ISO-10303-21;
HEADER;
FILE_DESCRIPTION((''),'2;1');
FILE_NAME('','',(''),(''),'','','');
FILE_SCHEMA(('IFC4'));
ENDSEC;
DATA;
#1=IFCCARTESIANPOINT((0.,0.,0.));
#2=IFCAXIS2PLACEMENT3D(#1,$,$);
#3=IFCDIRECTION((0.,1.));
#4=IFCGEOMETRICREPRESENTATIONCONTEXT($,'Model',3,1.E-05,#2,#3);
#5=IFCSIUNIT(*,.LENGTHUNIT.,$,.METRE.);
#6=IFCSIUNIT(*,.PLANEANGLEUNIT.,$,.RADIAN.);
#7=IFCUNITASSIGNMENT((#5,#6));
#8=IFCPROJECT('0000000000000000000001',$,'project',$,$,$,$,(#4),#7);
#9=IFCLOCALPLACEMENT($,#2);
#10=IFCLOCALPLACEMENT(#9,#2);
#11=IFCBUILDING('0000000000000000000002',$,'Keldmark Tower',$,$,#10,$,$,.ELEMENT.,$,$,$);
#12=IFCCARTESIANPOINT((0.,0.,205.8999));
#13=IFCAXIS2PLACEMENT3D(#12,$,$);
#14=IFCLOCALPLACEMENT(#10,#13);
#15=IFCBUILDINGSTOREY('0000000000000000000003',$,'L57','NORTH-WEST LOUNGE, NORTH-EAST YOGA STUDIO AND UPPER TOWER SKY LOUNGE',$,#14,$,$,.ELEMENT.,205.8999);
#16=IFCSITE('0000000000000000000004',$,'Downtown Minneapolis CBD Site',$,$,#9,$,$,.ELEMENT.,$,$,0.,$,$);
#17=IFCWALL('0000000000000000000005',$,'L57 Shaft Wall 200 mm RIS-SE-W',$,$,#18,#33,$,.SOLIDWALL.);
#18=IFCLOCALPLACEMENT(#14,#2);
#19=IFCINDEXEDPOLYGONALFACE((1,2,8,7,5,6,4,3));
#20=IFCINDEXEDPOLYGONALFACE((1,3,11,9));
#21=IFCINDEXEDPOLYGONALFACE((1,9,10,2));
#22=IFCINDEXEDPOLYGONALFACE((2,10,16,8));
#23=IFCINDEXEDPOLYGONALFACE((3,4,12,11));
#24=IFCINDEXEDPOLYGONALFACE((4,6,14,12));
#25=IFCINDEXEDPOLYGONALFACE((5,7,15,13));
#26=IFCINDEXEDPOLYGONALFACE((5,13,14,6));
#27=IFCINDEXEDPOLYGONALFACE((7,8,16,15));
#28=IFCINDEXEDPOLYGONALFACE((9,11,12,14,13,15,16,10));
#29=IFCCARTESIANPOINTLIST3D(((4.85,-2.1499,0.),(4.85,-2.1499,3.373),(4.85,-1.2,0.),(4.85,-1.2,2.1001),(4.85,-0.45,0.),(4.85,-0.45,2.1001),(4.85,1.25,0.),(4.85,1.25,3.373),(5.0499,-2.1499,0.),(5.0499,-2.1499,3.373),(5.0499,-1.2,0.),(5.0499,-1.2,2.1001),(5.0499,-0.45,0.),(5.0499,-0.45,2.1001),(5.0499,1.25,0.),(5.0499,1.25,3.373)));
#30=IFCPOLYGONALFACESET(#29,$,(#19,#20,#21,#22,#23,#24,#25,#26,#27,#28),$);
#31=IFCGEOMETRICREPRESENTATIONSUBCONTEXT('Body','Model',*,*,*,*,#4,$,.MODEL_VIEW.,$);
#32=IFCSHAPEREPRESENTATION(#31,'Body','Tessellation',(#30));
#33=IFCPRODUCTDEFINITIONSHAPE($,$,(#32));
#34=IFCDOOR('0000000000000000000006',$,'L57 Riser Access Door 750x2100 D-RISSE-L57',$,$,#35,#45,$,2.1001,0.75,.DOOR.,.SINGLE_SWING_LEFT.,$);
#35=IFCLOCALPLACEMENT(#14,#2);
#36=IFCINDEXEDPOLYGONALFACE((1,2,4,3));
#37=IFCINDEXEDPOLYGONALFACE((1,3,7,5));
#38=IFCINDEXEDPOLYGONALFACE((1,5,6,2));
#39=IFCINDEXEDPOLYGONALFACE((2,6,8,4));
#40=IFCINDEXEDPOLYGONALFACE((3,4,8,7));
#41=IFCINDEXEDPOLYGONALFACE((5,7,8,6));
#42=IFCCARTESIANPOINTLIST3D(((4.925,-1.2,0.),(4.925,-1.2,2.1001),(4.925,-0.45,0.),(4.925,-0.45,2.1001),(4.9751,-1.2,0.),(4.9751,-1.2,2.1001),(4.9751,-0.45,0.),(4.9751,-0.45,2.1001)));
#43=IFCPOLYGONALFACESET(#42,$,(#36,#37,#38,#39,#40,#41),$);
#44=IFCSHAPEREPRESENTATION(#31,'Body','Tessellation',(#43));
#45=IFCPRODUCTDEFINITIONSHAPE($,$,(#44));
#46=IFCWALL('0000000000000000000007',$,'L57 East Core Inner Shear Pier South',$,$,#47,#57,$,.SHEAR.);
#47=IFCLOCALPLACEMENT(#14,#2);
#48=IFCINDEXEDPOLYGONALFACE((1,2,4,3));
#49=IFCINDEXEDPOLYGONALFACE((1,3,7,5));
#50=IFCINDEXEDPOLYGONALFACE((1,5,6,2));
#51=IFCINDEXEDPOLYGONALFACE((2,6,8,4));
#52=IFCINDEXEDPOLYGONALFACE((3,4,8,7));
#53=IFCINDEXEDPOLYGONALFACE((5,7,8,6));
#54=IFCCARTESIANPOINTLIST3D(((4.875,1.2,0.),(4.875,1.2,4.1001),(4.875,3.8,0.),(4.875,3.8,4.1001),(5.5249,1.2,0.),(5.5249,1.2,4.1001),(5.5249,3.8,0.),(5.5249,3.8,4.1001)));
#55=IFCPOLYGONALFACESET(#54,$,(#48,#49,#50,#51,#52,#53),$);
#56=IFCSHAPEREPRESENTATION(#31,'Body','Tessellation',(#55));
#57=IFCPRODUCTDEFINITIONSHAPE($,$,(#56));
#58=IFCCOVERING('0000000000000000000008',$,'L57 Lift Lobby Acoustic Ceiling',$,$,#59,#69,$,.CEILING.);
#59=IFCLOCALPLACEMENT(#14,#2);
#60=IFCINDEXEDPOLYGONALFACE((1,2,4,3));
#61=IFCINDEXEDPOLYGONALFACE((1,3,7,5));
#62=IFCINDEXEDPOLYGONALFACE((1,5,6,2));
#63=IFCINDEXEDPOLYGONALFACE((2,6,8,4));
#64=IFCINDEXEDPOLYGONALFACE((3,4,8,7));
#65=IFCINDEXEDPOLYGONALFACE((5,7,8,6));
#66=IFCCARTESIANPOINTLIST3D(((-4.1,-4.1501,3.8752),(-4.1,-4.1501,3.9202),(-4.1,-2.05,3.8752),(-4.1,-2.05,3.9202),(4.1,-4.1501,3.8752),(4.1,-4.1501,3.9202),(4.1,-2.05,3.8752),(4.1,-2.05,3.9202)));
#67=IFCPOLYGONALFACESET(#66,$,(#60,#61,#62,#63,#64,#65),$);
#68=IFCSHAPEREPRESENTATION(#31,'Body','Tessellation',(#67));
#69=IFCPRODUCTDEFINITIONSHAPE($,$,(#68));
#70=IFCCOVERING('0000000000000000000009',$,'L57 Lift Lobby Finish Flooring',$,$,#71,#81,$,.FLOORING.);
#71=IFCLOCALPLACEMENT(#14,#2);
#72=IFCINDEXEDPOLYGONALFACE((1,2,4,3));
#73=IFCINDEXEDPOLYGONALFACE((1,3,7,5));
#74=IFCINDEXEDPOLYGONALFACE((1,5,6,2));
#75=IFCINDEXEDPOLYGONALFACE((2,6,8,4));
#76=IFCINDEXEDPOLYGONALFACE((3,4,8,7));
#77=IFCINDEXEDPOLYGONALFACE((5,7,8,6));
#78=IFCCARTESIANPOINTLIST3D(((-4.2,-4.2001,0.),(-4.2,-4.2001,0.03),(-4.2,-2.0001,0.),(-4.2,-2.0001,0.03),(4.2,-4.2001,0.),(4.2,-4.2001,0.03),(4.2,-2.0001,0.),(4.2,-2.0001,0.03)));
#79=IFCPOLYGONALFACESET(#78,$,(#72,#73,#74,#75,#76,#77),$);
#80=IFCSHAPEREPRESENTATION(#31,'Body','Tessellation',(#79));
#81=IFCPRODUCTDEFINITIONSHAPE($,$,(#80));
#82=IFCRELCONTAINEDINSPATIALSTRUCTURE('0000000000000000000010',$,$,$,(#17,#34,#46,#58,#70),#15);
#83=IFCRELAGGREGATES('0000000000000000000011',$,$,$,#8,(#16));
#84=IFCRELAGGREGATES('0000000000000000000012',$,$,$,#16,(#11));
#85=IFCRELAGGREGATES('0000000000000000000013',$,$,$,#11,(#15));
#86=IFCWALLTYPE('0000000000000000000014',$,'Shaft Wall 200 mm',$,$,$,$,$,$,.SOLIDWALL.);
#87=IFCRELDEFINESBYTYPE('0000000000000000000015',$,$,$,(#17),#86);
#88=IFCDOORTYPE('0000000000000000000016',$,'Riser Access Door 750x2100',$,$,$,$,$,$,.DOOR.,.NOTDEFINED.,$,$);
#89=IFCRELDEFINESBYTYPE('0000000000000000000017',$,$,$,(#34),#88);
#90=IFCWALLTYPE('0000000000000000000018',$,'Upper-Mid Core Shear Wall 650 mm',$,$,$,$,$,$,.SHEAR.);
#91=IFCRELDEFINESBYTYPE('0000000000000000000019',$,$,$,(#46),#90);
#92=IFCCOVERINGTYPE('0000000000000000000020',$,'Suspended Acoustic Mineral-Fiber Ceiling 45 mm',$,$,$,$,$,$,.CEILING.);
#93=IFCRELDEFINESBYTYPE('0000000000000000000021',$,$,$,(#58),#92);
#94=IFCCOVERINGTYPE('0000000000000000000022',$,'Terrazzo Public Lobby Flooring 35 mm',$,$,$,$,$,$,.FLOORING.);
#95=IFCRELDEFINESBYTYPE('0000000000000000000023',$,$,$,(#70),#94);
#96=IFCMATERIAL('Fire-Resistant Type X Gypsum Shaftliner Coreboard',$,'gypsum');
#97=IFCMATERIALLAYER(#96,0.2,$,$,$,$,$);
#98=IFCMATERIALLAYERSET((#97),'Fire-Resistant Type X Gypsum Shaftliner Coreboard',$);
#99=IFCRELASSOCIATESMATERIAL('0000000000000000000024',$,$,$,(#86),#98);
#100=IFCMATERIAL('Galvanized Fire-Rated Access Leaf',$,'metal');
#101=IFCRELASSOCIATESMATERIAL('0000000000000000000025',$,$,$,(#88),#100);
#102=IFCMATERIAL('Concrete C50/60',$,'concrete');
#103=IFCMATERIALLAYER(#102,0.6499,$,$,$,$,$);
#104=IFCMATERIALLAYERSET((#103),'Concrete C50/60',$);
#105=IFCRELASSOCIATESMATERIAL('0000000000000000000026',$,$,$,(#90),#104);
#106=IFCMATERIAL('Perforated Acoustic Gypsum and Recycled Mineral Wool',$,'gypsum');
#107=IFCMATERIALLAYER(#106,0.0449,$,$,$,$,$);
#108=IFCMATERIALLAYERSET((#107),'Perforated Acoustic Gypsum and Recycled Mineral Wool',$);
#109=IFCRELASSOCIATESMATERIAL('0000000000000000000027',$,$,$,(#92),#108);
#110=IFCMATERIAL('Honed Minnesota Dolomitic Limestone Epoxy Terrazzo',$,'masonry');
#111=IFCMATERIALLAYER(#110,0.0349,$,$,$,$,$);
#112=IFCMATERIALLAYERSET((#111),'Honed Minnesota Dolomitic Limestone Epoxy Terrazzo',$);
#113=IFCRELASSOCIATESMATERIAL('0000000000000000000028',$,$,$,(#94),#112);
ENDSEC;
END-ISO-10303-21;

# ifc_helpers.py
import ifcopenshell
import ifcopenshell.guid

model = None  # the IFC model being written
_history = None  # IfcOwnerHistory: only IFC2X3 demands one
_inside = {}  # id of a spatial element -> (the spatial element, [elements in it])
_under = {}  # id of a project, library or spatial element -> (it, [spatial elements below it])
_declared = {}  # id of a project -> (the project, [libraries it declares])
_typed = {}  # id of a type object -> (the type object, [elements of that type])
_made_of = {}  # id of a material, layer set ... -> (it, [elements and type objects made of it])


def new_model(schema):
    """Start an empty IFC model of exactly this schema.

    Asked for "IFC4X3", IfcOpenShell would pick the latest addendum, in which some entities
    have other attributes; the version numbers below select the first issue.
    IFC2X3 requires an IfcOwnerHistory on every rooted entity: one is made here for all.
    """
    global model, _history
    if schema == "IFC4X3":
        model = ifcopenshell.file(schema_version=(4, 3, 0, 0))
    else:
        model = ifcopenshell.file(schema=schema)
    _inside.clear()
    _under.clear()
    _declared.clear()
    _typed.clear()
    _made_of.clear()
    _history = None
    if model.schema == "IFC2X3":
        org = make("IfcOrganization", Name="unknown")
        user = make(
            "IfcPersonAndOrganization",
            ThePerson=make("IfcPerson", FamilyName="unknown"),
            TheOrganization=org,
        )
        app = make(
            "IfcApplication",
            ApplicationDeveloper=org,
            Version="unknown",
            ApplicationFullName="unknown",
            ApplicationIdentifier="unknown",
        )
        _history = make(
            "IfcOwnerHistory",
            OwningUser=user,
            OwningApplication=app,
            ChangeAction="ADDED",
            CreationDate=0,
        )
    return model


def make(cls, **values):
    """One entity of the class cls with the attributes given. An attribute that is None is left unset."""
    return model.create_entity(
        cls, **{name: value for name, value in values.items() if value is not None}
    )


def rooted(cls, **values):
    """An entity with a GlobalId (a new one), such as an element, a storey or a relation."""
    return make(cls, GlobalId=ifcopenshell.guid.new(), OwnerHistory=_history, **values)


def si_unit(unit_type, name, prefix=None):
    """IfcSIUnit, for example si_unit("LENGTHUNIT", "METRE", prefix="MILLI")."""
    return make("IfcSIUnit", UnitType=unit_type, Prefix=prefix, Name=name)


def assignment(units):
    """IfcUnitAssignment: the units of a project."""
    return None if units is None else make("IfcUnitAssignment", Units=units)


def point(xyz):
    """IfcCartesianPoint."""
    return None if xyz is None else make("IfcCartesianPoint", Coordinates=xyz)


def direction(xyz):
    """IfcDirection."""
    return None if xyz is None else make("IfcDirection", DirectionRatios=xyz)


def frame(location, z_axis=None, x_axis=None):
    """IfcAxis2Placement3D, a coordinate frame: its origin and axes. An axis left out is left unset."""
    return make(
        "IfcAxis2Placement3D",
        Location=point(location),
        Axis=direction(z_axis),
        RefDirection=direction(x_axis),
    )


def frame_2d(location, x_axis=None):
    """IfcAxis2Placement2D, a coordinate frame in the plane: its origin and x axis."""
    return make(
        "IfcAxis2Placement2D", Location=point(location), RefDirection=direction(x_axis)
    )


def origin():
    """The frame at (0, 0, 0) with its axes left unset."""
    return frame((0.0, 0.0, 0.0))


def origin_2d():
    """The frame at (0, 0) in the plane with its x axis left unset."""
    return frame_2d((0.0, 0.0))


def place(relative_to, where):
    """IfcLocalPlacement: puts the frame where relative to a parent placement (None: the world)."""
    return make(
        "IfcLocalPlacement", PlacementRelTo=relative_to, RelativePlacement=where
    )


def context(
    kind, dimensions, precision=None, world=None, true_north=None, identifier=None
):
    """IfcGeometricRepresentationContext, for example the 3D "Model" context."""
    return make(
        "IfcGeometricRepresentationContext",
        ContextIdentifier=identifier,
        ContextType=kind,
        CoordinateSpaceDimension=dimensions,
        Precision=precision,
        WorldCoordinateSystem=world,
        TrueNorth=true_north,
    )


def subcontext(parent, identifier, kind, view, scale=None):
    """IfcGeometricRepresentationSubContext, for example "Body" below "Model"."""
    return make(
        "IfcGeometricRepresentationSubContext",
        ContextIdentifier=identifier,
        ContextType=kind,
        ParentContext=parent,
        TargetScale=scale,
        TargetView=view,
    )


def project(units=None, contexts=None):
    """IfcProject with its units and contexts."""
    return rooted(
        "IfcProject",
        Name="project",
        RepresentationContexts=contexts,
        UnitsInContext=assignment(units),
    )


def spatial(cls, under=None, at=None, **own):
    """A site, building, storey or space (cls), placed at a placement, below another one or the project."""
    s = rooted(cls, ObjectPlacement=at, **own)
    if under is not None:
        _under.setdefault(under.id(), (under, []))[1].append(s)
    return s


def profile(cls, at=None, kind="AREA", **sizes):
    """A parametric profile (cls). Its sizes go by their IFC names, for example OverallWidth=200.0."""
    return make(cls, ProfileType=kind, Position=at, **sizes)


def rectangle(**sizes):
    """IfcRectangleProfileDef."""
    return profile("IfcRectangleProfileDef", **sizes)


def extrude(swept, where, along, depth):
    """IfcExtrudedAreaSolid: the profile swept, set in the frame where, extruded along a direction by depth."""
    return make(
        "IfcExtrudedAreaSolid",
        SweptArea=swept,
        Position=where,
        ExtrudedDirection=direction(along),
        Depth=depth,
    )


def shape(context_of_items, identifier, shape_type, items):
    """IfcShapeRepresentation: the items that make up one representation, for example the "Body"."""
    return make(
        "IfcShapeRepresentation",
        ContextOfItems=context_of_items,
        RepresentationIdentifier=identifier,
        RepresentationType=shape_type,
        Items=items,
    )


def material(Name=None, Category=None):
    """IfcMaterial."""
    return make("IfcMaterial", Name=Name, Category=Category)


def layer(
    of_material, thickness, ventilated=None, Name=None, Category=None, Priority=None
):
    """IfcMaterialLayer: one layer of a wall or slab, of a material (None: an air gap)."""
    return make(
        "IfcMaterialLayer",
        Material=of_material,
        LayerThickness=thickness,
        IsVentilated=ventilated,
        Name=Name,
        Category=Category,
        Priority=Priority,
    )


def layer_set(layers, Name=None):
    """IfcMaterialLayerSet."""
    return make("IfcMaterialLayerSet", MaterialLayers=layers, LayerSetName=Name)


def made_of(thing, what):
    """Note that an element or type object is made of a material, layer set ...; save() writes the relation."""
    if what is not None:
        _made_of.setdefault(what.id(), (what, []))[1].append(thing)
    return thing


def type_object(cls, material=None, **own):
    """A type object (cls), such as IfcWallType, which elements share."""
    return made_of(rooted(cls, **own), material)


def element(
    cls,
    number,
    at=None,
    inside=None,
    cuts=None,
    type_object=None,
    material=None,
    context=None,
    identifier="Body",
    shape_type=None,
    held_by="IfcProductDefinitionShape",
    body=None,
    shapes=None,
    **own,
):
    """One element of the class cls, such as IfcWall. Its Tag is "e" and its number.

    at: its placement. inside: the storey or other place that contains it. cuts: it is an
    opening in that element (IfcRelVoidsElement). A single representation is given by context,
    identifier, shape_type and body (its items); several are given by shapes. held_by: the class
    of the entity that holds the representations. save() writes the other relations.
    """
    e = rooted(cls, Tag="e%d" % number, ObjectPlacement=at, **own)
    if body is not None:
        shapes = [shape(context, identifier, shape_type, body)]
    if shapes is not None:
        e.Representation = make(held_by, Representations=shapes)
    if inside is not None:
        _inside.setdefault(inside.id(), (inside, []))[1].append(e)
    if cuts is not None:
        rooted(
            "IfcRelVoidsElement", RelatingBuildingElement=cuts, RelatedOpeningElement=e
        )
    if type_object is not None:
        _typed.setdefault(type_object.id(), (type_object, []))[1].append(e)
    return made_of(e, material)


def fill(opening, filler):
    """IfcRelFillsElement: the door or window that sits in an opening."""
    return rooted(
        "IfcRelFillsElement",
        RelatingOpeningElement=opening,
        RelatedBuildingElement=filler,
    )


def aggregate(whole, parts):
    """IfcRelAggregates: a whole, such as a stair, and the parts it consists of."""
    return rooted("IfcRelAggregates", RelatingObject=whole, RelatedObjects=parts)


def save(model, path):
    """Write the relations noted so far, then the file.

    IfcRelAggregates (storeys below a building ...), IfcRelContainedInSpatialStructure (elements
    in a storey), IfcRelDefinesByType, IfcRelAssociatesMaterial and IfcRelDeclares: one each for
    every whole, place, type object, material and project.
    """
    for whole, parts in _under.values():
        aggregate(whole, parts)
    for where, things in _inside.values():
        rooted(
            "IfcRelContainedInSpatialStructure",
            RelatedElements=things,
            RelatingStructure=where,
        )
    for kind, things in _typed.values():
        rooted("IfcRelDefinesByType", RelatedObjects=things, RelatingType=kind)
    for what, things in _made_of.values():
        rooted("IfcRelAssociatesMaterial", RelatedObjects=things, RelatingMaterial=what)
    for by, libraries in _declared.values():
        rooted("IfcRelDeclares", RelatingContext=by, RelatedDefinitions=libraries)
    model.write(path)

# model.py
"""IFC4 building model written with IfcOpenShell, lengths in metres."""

from ifc_helpers import new_model, si_unit, direction, frame, frame_2d, origin, origin_2d, place, context, subcontext, project, spatial, rectangle, extrude, material, layer, layer_set, type_object, element, fill, save


model = new_model("IFC4")

# Units and contexts
model_context = context("Model", 3, precision=1e-05, world=origin(), true_north=direction((0.0, 1.0)))
body_context = subcontext(model_context, "Body", "Model", "MODEL_VIEW")
ifc_project = project(units=[si_unit("LENGTHUNIT", "METRE"), si_unit("PLANEANGLEUNIT", "RADIAN")], contexts=[model_context])

# Site, building, storey
site_placement = place(None, origin())
site = spatial("IfcSite", under=ifc_project, at=site_placement, Name="Downtown Minneapolis CBD Site", CompositionType="ELEMENT", RefElevation=0.0)
building_placement = place(site_placement, origin())
building = spatial("IfcBuilding", under=site, at=building_placement, Name="Keldmark Tower", CompositionType="ELEMENT")
storey_placement = place(building_placement, frame((0.0, 0.0, 205.8999)))
storey = spatial("IfcBuildingStorey", under=building, at=storey_placement, Name="L57", Description="NORTH-WEST LOUNGE, NORTH-EAST YOGA STUDIO AND UPPER TOWER SKY LOUNGE", CompositionType="ELEMENT", Elevation=205.8999)

# Shared definitions
ifc_material_1 = material(Name="Fire-Resistant Type X Gypsum Shaftliner Coreboard", Category="gypsum")
ifc_layer_1 = layer(ifc_material_1, 0.2)
ifc_layer_set_1 = layer_set([ifc_layer_1], Name="Fire-Resistant Type X Gypsum Shaftliner Coreboard")
wall_type_1 = type_object("IfcWallType", Name="Shaft Wall 200 mm", PredefinedType="SOLIDWALL", material=ifc_layer_set_1)

# Wall, opening, door
wall_1_placement = place(storey_placement, frame((4.95, -2.1499, 0.0), z_axis=(0.0, 0.0, 1.0), x_axis=(0.0, 1.0, 0.0)))
wall_1 = element("IfcWall", 1, at=wall_1_placement, inside=storey, type_object=wall_type_1, Name="L57 Shaft Wall 200 mm RIS-SE-W", PredefinedType="SOLIDWALL", context=body_context, shape_type="SweptSolid", body=[
    extrude(rectangle(XDim=3.3999, YDim=0.2, at=frame_2d((1.7, 0.0))), origin(), (0.0, 0.0, 1.0), 3.373),
])
opening_placement = place(wall_1_placement, frame((0.95, 0.0, 0.0)))
opening = element("IfcOpeningElement", 2, at=opening_placement, cuts=wall_1, PredefinedType="OPENING", context=body_context, shape_type="SweptSolid", body=[
    extrude(rectangle(XDim=0.75, YDim=2.1001, at=frame_2d((0.375, 1.05))), frame((0.0, 0.1099, 0.0), z_axis=(0.0, -1.0, 0.0), x_axis=(1.0, 0.0, 0.0)), (0.0, 0.0, 1.0), 0.22),
])
ifc_material_2 = material(Name="Galvanized Fire-Rated Access Leaf", Category="metal")
door_type = type_object("IfcDoorType", Name="Riser Access Door 750x2100", OperationType="NOTDEFINED", PredefinedType="DOOR", material=ifc_material_2)
door_placement = place(opening_placement, origin())
door = element("IfcDoor", 3, at=door_placement, inside=storey, type_object=door_type, Name="L57 Riser Access Door 750x2100 D-RISSE-L57", OperationType="SINGLE_SWING_LEFT", OverallHeight=2.1001, OverallWidth=0.75, PredefinedType="DOOR", context=body_context, shape_type="SweptSolid", body=[
    extrude(rectangle(XDim=0.75, YDim=2.1001, at=frame_2d((0.375, 1.05))), frame((0.0, 0.0249, 0.0), z_axis=(0.0, -1.0, 0.0), x_axis=(1.0, 0.0, 0.0)), (0.0, 0.0, 1.0), 0.05),
])
fill(opening, door)

# Wall
ifc_material_3 = material(Name="Concrete C50/60", Category="concrete")
ifc_layer_2 = layer(ifc_material_3, 0.6499)
ifc_layer_set_2 = layer_set([ifc_layer_2], Name="Concrete C50/60")
wall_type_2 = type_object("IfcWallType", Name="Upper-Mid Core Shear Wall 650 mm", PredefinedType="SHEAR", material=ifc_layer_set_2)
wall_2_placement = place(storey_placement, frame((5.2, 1.2, 0.0), z_axis=(0.0, 0.0, 1.0), x_axis=(0.0, 1.0, 0.0)))
element("IfcWall", 4, at=wall_2_placement, inside=storey, type_object=wall_type_2, Name="L57 East Core Inner Shear Pier South", PredefinedType="SHEAR", context=body_context, shape_type="SweptSolid", body=[
    extrude(rectangle(XDim=2.6001, YDim=0.6499, at=frame_2d((1.3, 0.0))), origin(), (0.0, 0.0, 1.0), 4.1001),
])

# Coverings
ifc_material_4 = material(Name="Perforated Acoustic Gypsum and Recycled Mineral Wool", Category="gypsum")
ifc_layer_3 = layer(ifc_material_4, 0.0449)
ifc_layer_set_3 = layer_set([ifc_layer_3], Name="Perforated Acoustic Gypsum and Recycled Mineral Wool")
covering_type_1 = type_object("IfcCoveringType", Name="Suspended Acoustic Mineral-Fiber Ceiling 45 mm", PredefinedType="CEILING", material=ifc_layer_set_3)
covering_1_placement = place(storey_placement, frame((0.0, -3.1001, 3.8752), z_axis=(0.0, 0.0, 1.0), x_axis=(1.0, 0.0, 0.0)))
element("IfcCovering", 5, at=covering_1_placement, inside=storey, type_object=covering_type_1, Name="L57 Lift Lobby Acoustic Ceiling", PredefinedType="CEILING", context=body_context, shape_type="SweptSolid", body=[
    extrude(rectangle(XDim=8.2, YDim=2.1001, at=origin_2d()), origin(), (0.0, 0.0, 1.0), 0.0449),
])
ifc_material_5 = material(Name="Honed Minnesota Dolomitic Limestone Epoxy Terrazzo", Category="masonry")
ifc_layer_4 = layer(ifc_material_5, 0.0349)
ifc_layer_set_4 = layer_set([ifc_layer_4], Name="Honed Minnesota Dolomitic Limestone Epoxy Terrazzo")
covering_type_2 = type_object("IfcCoveringType", Name="Terrazzo Public Lobby Flooring 35 mm", PredefinedType="FLOORING", material=ifc_layer_set_4)
covering_2_placement = place(storey_placement, frame((0.0, -3.1001, 0.0), z_axis=(0.0, 0.0, 1.0), x_axis=(1.0, 0.0, 0.0)))
element("IfcCovering", 6, at=covering_2_placement, inside=storey, type_object=covering_type_2, Name="L57 Lift Lobby Finish Flooring", PredefinedType="FLOORING", context=body_context, shape_type="SweptSolid", body=[
    extrude(rectangle(XDim=8.3999, YDim=2.2, at=origin_2d()), origin(), (0.0, 0.0, 1.0), 0.03),
])

save(model, "model.ifc")
